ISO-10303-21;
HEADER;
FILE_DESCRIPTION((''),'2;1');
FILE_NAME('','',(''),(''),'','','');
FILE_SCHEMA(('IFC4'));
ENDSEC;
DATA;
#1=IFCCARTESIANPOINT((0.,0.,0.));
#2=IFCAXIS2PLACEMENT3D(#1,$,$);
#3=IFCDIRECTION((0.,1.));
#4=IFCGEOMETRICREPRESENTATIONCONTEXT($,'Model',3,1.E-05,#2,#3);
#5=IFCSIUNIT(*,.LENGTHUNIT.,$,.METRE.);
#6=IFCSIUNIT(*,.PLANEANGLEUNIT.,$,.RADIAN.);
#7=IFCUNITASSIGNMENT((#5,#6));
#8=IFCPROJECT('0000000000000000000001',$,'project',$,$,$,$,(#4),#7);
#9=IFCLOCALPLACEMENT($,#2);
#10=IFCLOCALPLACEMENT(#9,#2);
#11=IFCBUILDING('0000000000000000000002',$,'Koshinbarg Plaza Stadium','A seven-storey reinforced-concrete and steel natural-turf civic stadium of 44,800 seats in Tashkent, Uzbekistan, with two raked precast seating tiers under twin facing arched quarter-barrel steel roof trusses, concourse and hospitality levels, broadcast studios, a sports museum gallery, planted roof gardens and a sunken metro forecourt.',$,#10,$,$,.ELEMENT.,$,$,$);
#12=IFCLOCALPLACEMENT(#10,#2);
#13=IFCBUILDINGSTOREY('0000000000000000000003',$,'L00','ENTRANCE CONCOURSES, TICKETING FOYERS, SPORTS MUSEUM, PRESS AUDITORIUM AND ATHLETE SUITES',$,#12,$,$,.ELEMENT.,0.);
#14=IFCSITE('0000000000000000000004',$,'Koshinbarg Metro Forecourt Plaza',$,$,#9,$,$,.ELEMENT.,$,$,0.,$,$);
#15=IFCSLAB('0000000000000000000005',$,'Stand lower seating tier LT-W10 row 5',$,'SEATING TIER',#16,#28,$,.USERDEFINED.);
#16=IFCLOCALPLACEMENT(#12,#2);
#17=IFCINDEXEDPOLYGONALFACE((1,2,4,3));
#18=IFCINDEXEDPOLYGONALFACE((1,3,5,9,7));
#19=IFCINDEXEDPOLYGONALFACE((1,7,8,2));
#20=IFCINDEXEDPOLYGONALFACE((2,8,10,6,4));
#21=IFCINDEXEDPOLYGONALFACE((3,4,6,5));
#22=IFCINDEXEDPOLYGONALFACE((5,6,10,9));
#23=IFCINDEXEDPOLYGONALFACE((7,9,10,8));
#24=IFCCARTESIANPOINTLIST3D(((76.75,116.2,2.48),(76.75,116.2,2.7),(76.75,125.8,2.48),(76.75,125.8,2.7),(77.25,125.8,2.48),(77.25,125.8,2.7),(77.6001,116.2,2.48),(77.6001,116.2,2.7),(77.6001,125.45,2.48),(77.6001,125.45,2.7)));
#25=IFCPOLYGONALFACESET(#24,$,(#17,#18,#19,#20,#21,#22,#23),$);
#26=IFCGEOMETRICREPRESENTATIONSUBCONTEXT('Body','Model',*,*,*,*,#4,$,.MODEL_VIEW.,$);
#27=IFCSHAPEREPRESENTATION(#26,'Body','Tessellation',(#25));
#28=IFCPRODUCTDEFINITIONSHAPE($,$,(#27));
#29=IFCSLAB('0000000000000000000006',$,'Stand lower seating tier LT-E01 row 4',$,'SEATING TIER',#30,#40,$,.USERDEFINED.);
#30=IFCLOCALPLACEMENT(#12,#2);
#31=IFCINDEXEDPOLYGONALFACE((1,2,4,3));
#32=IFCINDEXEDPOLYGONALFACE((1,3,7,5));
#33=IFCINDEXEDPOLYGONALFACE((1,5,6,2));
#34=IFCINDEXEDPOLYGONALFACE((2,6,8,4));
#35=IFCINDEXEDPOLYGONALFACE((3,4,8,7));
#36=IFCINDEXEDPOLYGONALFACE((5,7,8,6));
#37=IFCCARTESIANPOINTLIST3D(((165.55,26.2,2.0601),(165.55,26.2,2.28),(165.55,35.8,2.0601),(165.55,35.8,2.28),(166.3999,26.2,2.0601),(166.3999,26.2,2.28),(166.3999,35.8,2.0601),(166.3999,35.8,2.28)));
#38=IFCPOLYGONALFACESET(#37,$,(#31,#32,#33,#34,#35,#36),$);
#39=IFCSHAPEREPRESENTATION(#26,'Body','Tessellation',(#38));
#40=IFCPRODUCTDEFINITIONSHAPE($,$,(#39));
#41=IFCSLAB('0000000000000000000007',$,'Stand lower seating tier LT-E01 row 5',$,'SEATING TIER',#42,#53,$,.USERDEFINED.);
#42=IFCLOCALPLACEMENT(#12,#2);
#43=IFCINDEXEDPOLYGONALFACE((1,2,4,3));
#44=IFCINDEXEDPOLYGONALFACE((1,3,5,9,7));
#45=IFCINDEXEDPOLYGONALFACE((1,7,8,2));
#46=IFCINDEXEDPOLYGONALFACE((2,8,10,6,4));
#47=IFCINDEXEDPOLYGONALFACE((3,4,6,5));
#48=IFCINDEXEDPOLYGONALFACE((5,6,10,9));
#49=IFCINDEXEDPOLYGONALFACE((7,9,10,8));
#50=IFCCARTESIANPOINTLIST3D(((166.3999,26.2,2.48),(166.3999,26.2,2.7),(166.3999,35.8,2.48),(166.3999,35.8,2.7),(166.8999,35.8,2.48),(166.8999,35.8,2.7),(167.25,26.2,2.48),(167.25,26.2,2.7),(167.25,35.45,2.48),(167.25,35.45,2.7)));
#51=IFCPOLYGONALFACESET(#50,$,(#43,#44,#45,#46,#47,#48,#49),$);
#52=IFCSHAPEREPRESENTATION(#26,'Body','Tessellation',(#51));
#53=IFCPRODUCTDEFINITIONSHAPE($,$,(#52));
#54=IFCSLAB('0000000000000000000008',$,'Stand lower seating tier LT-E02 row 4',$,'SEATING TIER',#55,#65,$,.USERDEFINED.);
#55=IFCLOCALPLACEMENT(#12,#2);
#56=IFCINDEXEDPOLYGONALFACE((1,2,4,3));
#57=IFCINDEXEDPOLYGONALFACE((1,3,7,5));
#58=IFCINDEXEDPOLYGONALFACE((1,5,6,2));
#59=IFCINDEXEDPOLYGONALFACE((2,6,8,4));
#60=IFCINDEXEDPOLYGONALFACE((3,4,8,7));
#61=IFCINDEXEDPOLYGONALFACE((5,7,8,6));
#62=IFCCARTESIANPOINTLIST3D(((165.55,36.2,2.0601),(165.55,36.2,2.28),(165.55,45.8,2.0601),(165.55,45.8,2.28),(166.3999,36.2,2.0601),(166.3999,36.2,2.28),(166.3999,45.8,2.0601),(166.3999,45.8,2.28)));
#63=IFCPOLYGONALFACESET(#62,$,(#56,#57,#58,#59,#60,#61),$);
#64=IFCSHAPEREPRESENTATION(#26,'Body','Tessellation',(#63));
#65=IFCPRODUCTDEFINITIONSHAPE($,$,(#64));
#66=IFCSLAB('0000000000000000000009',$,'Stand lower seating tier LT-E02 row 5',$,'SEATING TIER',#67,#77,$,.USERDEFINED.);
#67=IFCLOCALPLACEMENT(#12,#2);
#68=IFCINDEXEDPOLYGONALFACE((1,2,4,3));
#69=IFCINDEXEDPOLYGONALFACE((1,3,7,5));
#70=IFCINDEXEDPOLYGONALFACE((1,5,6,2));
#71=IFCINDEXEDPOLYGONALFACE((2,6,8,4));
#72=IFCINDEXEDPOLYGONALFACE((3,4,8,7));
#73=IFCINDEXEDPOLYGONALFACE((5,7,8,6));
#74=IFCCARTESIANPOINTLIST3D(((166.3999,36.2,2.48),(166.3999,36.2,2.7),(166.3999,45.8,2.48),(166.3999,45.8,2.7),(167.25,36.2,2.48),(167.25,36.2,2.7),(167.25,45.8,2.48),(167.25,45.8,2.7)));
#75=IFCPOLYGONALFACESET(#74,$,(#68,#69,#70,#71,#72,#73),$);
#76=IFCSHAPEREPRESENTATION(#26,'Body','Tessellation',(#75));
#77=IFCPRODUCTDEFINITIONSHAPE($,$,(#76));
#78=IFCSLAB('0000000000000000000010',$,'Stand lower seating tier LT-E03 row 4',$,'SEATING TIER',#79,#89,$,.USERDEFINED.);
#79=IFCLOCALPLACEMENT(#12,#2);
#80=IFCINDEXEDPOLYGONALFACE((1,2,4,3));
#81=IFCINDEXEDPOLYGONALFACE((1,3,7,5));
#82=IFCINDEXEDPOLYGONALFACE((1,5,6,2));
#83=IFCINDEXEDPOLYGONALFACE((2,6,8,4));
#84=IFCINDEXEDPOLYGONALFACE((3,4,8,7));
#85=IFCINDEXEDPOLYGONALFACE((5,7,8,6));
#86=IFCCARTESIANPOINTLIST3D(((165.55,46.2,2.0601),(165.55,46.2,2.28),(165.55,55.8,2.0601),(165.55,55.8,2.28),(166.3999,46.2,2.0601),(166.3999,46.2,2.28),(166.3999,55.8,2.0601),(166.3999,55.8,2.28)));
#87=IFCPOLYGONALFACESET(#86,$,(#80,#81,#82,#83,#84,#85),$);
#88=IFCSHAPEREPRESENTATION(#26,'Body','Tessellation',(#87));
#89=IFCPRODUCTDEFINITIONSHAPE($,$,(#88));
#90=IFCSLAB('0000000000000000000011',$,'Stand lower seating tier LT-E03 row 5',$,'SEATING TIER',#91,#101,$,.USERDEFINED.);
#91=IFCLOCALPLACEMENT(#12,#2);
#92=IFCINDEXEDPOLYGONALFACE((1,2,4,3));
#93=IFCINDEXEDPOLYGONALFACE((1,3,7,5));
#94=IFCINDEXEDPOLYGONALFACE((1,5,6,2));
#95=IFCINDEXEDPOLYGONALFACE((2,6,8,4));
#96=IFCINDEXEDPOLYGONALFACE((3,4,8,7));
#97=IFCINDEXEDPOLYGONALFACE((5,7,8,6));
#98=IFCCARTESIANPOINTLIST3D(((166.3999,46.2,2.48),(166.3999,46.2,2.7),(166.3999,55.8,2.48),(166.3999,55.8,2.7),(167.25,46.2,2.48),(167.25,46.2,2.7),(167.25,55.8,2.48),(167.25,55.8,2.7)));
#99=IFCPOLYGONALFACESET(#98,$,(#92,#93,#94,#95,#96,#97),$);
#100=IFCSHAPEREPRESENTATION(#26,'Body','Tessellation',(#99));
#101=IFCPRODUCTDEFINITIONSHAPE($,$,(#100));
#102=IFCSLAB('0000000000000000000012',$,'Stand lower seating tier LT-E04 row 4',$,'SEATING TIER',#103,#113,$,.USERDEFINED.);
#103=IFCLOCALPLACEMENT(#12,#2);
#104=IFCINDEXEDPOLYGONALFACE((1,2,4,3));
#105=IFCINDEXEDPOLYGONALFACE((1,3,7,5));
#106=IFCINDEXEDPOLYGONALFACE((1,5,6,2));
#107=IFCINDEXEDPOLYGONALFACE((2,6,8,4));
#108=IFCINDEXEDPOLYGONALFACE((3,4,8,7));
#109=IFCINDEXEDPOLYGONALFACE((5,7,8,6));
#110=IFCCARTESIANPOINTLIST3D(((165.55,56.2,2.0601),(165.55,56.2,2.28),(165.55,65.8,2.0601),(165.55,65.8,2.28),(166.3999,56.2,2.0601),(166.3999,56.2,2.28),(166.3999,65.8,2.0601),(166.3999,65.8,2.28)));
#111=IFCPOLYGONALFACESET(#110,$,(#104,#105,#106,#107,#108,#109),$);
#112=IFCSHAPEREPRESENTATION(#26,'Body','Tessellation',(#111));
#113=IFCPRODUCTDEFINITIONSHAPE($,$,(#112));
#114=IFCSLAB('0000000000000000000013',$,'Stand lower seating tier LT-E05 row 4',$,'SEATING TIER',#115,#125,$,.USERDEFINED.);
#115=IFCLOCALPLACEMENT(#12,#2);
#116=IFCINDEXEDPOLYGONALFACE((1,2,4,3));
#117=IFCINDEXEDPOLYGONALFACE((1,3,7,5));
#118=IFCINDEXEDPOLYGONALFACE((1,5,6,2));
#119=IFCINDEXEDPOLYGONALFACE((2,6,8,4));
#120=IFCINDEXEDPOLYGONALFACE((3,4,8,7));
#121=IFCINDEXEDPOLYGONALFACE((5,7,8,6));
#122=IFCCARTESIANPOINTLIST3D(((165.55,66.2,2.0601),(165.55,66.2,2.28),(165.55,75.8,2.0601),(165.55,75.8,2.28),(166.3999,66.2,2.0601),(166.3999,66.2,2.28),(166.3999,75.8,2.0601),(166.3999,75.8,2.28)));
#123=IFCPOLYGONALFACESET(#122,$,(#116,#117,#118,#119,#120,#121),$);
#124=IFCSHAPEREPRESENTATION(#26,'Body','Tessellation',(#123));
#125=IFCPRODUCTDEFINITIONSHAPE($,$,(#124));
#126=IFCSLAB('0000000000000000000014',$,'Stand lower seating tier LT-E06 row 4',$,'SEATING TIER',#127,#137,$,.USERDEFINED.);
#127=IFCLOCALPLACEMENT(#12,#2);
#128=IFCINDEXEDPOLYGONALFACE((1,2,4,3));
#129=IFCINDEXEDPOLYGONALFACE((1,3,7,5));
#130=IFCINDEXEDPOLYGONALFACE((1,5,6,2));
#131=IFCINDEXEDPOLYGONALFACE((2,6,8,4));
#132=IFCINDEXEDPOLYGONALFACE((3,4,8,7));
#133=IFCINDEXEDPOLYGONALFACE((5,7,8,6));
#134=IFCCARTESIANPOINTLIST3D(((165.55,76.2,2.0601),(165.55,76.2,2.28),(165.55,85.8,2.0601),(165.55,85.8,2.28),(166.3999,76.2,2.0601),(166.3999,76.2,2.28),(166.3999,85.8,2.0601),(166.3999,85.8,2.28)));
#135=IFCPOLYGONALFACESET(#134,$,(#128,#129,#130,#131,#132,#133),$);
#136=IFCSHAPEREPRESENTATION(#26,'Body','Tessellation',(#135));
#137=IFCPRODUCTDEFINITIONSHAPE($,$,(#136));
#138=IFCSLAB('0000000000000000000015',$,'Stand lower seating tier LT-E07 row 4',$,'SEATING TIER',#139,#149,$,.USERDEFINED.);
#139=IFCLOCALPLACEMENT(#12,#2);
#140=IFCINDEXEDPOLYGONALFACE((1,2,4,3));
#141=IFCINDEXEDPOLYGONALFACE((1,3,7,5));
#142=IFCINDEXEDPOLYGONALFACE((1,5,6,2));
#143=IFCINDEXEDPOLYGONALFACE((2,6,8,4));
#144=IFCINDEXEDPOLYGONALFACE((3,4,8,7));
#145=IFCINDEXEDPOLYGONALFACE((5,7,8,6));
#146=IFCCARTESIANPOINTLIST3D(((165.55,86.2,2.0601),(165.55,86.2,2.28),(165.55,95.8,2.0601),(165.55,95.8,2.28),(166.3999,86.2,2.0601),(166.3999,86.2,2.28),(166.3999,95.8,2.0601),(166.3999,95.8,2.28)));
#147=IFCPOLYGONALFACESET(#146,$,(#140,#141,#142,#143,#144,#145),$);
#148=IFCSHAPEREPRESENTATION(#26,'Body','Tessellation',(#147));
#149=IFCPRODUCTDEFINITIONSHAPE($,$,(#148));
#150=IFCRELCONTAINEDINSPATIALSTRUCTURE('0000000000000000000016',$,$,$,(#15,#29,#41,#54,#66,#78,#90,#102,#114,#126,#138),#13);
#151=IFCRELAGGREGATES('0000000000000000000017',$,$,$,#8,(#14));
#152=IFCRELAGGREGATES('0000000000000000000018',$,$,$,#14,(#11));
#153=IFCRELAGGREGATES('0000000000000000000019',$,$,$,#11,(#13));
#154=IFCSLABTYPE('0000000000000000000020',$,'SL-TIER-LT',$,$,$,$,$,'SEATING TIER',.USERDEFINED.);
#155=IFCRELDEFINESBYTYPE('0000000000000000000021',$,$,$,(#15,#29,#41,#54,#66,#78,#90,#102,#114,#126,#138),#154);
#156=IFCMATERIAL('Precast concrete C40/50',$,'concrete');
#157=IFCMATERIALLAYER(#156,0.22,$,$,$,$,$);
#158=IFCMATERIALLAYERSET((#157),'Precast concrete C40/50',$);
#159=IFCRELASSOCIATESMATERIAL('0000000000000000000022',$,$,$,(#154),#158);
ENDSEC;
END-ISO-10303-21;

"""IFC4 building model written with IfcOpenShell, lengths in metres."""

from ifc_helpers import new_model, si_unit, direction, frame, origin, place, context, subcontext, project, spatial, polyline, outline, extrude, material, layer, layer_set, type_object, element, save


model = new_model("IFC4")

# Units and contexts
model_context = context("Model", 3, precision=1e-05, world=origin(), true_north=direction((0.0, 1.0)))
body_context = subcontext(model_context, "Body", "Model", "MODEL_VIEW")
ifc_project = project(units=[si_unit("LENGTHUNIT", "METRE"), si_unit("PLANEANGLEUNIT", "RADIAN")], contexts=[model_context])

# Site, building, storey
site_placement = place(None, origin())
site = spatial("IfcSite", under=ifc_project, at=site_placement, Name="Koshinbarg Metro Forecourt Plaza", CompositionType="ELEMENT", RefElevation=0.0)
building_placement = place(site_placement, origin())
building = spatial("IfcBuilding", under=site, at=building_placement, Name="Koshinbarg Plaza Stadium", Description="A seven-storey reinforced-concrete and steel natural-turf civic stadium of 44,800 seats in Tashkent, Uzbekistan, with two raked precast seating tiers under twin facing arched quarter-barrel steel roof trusses, concourse and hospitality levels, broadcast studios, a sports museum gallery, planted roof gardens and a sunken metro forecourt.", CompositionType="ELEMENT")
storey_placement = place(building_placement, origin())
storey = spatial("IfcBuildingStorey", under=building, at=storey_placement, Name="L00", Description="ENTRANCE CONCOURSES, TICKETING FOYERS, SPORTS MUSEUM, PRESS AUDITORIUM AND ATHLETE SUITES", CompositionType="ELEMENT", Elevation=0.0)

# Slabs
ifc_material = material(Name="Precast concrete C40/50", Category="concrete")
ifc_layer = layer(ifc_material, 0.22)
ifc_layer_set = layer_set([ifc_layer], Name="Precast concrete C40/50")
slab_type = type_object("IfcSlabType", Name="SL-TIER-LT", ElementType="SEATING TIER", PredefinedType="USERDEFINED", material=ifc_layer_set)
slab_1_placement = place(storey_placement, frame((0.0, 0.0, 2.48)))
element("IfcSlab", 1, at=slab_1_placement, inside=storey, type_object=slab_type, Name="Stand lower seating tier LT-W10 row 5", ObjectType="SEATING TIER", PredefinedType="USERDEFINED", context=body_context, shape_type="SweptSolid", body=[
    extrude(outline(polyline([(76.75, 116.2), (77.6001, 116.2), (77.6001, 125.45), (77.25, 125.8), (76.75, 125.8), (76.75, 116.2)])), origin(), (0.0, 0.0, 1.0), 0.22),
])
slab_2_placement = place(storey_placement, frame((0.0, 0.0, 2.0601)))
element("IfcSlab", 2, at=slab_2_placement, inside=storey, type_object=slab_type, Name="Stand lower seating tier LT-E01 row 4", ObjectType="SEATING TIER", PredefinedType="USERDEFINED", context=body_context, shape_type="SweptSolid", body=[
    extrude(outline(polyline([(165.55, 26.2), (166.3999, 26.2), (166.3999, 35.8), (165.55, 35.8), (165.55, 26.2)])), origin(), (0.0, 0.0, 1.0), 0.22),
])
slab_3_placement = place(storey_placement, frame((0.0, 0.0, 2.48)))
element("IfcSlab", 3, at=slab_3_placement, inside=storey, type_object=slab_type, Name="Stand lower seating tier LT-E01 row 5", ObjectType="SEATING TIER", PredefinedType="USERDEFINED", context=body_context, shape_type="SweptSolid", body=[
    extrude(outline(polyline([(166.3999, 26.2), (167.25, 26.2), (167.25, 35.45), (166.8999, 35.8), (166.3999, 35.8), (166.3999, 26.2)])), origin(), (0.0, 0.0, 1.0), 0.22),
])
slab_4_placement = place(storey_placement, frame((0.0, 0.0, 2.0601)))
element("IfcSlab", 4, at=slab_4_placement, inside=storey, type_object=slab_type, Name="Stand lower seating tier LT-E02 row 4", ObjectType="SEATING TIER", PredefinedType="USERDEFINED", context=body_context, shape_type="SweptSolid", body=[
    extrude(outline(polyline([(165.55, 36.2), (166.3999, 36.2), (166.3999, 45.8), (165.55, 45.8), (165.55, 36.2)])), origin(), (0.0, 0.0, 1.0), 0.22),
])
slab_5_placement = place(storey_placement, frame((0.0, 0.0, 2.48)))
element("IfcSlab", 5, at=slab_5_placement, inside=storey, type_object=slab_type, Name="Stand lower seating tier LT-E02 row 5", ObjectType="SEATING TIER", PredefinedType="USERDEFINED", context=body_context, shape_type="SweptSolid", body=[
    extrude(outline(polyline([(166.3999, 36.2), (167.25, 36.2), (167.25, 45.8), (166.3999, 45.8), (166.3999, 36.2)])), origin(), (0.0, 0.0, 1.0), 0.22),
])
slab_6_placement = place(storey_placement, frame((0.0, 0.0, 2.0601)))
element("IfcSlab", 6, at=slab_6_placement, inside=storey, type_object=slab_type, Name="Stand lower seating tier LT-E03 row 4", ObjectType="SEATING TIER", PredefinedType="USERDEFINED", context=body_context, shape_type="SweptSolid", body=[
    extrude(outline(polyline([(165.55, 46.2), (166.3999, 46.2), (166.3999, 55.8), (165.55, 55.8), (165.55, 46.2)])), origin(), (0.0, 0.0, 1.0), 0.22),
])
slab_7_placement = place(storey_placement, frame((0.0, 0.0, 2.48)))
element("IfcSlab", 7, at=slab_7_placement, inside=storey, type_object=slab_type, Name="Stand lower seating tier LT-E03 row 5", ObjectType="SEATING TIER", PredefinedType="USERDEFINED", context=body_context, shape_type="SweptSolid", body=[
    extrude(outline(polyline([(166.3999, 46.2), (167.25, 46.2), (167.25, 55.8), (166.3999, 55.8), (166.3999, 46.2)])), origin(), (0.0, 0.0, 1.0), 0.22),
])
slab_8_placement = place(storey_placement, frame((0.0, 0.0, 2.0601)))
element("IfcSlab", 8, at=slab_8_placement, inside=storey, type_object=slab_type, Name="Stand lower seating tier LT-E04 row 4", ObjectType="SEATING TIER", PredefinedType="USERDEFINED", context=body_context, shape_type="SweptSolid", body=[
    extrude(outline(polyline([(165.55, 56.2), (166.3999, 56.2), (166.3999, 65.8), (165.55, 65.8), (165.55, 56.2)])), origin(), (0.0, 0.0, 1.0), 0.22),
])
slab_9_placement = place(storey_placement, frame((0.0, 0.0, 2.0601)))
element("IfcSlab", 9, at=slab_9_placement, inside=storey, type_object=slab_type, Name="Stand lower seating tier LT-E05 row 4", ObjectType="SEATING TIER", PredefinedType="USERDEFINED", context=body_context, shape_type="SweptSolid", body=[
    extrude(outline(polyline([(165.55, 66.2), (166.3999, 66.2), (166.3999, 75.8), (165.55, 75.8), (165.55, 66.2)])), origin(), (0.0, 0.0, 1.0), 0.22),
])
slab_10_placement = place(storey_placement, frame((0.0, 0.0, 2.0601)))
element("IfcSlab", 10, at=slab_10_placement, inside=storey, type_object=slab_type, Name="Stand lower seating tier LT-E06 row 4", ObjectType="SEATING TIER", PredefinedType="USERDEFINED", context=body_context, shape_type="SweptSolid", body=[
    extrude(outline(polyline([(165.55, 76.2), (166.3999, 76.2), (166.3999, 85.8), (165.55, 85.8), (165.55, 76.2)])), origin(), (0.0, 0.0, 1.0), 0.22),
])
slab_11_placement = place(storey_placement, frame((0.0, 0.0, 2.0601)))
element("IfcSlab", 11, at=slab_11_placement, inside=storey, type_object=slab_type, Name="Stand lower seating tier LT-E07 row 4", ObjectType="SEATING TIER", PredefinedType="USERDEFINED", context=body_context, shape_type="SweptSolid", body=[
    extrude(outline(polyline([(165.55, 86.2), (166.3999, 86.2), (166.3999, 95.8), (165.55, 95.8), (165.55, 86.2)])), origin(), (0.0, 0.0, 1.0), 0.22),
])

save(model, "model.ifc")
